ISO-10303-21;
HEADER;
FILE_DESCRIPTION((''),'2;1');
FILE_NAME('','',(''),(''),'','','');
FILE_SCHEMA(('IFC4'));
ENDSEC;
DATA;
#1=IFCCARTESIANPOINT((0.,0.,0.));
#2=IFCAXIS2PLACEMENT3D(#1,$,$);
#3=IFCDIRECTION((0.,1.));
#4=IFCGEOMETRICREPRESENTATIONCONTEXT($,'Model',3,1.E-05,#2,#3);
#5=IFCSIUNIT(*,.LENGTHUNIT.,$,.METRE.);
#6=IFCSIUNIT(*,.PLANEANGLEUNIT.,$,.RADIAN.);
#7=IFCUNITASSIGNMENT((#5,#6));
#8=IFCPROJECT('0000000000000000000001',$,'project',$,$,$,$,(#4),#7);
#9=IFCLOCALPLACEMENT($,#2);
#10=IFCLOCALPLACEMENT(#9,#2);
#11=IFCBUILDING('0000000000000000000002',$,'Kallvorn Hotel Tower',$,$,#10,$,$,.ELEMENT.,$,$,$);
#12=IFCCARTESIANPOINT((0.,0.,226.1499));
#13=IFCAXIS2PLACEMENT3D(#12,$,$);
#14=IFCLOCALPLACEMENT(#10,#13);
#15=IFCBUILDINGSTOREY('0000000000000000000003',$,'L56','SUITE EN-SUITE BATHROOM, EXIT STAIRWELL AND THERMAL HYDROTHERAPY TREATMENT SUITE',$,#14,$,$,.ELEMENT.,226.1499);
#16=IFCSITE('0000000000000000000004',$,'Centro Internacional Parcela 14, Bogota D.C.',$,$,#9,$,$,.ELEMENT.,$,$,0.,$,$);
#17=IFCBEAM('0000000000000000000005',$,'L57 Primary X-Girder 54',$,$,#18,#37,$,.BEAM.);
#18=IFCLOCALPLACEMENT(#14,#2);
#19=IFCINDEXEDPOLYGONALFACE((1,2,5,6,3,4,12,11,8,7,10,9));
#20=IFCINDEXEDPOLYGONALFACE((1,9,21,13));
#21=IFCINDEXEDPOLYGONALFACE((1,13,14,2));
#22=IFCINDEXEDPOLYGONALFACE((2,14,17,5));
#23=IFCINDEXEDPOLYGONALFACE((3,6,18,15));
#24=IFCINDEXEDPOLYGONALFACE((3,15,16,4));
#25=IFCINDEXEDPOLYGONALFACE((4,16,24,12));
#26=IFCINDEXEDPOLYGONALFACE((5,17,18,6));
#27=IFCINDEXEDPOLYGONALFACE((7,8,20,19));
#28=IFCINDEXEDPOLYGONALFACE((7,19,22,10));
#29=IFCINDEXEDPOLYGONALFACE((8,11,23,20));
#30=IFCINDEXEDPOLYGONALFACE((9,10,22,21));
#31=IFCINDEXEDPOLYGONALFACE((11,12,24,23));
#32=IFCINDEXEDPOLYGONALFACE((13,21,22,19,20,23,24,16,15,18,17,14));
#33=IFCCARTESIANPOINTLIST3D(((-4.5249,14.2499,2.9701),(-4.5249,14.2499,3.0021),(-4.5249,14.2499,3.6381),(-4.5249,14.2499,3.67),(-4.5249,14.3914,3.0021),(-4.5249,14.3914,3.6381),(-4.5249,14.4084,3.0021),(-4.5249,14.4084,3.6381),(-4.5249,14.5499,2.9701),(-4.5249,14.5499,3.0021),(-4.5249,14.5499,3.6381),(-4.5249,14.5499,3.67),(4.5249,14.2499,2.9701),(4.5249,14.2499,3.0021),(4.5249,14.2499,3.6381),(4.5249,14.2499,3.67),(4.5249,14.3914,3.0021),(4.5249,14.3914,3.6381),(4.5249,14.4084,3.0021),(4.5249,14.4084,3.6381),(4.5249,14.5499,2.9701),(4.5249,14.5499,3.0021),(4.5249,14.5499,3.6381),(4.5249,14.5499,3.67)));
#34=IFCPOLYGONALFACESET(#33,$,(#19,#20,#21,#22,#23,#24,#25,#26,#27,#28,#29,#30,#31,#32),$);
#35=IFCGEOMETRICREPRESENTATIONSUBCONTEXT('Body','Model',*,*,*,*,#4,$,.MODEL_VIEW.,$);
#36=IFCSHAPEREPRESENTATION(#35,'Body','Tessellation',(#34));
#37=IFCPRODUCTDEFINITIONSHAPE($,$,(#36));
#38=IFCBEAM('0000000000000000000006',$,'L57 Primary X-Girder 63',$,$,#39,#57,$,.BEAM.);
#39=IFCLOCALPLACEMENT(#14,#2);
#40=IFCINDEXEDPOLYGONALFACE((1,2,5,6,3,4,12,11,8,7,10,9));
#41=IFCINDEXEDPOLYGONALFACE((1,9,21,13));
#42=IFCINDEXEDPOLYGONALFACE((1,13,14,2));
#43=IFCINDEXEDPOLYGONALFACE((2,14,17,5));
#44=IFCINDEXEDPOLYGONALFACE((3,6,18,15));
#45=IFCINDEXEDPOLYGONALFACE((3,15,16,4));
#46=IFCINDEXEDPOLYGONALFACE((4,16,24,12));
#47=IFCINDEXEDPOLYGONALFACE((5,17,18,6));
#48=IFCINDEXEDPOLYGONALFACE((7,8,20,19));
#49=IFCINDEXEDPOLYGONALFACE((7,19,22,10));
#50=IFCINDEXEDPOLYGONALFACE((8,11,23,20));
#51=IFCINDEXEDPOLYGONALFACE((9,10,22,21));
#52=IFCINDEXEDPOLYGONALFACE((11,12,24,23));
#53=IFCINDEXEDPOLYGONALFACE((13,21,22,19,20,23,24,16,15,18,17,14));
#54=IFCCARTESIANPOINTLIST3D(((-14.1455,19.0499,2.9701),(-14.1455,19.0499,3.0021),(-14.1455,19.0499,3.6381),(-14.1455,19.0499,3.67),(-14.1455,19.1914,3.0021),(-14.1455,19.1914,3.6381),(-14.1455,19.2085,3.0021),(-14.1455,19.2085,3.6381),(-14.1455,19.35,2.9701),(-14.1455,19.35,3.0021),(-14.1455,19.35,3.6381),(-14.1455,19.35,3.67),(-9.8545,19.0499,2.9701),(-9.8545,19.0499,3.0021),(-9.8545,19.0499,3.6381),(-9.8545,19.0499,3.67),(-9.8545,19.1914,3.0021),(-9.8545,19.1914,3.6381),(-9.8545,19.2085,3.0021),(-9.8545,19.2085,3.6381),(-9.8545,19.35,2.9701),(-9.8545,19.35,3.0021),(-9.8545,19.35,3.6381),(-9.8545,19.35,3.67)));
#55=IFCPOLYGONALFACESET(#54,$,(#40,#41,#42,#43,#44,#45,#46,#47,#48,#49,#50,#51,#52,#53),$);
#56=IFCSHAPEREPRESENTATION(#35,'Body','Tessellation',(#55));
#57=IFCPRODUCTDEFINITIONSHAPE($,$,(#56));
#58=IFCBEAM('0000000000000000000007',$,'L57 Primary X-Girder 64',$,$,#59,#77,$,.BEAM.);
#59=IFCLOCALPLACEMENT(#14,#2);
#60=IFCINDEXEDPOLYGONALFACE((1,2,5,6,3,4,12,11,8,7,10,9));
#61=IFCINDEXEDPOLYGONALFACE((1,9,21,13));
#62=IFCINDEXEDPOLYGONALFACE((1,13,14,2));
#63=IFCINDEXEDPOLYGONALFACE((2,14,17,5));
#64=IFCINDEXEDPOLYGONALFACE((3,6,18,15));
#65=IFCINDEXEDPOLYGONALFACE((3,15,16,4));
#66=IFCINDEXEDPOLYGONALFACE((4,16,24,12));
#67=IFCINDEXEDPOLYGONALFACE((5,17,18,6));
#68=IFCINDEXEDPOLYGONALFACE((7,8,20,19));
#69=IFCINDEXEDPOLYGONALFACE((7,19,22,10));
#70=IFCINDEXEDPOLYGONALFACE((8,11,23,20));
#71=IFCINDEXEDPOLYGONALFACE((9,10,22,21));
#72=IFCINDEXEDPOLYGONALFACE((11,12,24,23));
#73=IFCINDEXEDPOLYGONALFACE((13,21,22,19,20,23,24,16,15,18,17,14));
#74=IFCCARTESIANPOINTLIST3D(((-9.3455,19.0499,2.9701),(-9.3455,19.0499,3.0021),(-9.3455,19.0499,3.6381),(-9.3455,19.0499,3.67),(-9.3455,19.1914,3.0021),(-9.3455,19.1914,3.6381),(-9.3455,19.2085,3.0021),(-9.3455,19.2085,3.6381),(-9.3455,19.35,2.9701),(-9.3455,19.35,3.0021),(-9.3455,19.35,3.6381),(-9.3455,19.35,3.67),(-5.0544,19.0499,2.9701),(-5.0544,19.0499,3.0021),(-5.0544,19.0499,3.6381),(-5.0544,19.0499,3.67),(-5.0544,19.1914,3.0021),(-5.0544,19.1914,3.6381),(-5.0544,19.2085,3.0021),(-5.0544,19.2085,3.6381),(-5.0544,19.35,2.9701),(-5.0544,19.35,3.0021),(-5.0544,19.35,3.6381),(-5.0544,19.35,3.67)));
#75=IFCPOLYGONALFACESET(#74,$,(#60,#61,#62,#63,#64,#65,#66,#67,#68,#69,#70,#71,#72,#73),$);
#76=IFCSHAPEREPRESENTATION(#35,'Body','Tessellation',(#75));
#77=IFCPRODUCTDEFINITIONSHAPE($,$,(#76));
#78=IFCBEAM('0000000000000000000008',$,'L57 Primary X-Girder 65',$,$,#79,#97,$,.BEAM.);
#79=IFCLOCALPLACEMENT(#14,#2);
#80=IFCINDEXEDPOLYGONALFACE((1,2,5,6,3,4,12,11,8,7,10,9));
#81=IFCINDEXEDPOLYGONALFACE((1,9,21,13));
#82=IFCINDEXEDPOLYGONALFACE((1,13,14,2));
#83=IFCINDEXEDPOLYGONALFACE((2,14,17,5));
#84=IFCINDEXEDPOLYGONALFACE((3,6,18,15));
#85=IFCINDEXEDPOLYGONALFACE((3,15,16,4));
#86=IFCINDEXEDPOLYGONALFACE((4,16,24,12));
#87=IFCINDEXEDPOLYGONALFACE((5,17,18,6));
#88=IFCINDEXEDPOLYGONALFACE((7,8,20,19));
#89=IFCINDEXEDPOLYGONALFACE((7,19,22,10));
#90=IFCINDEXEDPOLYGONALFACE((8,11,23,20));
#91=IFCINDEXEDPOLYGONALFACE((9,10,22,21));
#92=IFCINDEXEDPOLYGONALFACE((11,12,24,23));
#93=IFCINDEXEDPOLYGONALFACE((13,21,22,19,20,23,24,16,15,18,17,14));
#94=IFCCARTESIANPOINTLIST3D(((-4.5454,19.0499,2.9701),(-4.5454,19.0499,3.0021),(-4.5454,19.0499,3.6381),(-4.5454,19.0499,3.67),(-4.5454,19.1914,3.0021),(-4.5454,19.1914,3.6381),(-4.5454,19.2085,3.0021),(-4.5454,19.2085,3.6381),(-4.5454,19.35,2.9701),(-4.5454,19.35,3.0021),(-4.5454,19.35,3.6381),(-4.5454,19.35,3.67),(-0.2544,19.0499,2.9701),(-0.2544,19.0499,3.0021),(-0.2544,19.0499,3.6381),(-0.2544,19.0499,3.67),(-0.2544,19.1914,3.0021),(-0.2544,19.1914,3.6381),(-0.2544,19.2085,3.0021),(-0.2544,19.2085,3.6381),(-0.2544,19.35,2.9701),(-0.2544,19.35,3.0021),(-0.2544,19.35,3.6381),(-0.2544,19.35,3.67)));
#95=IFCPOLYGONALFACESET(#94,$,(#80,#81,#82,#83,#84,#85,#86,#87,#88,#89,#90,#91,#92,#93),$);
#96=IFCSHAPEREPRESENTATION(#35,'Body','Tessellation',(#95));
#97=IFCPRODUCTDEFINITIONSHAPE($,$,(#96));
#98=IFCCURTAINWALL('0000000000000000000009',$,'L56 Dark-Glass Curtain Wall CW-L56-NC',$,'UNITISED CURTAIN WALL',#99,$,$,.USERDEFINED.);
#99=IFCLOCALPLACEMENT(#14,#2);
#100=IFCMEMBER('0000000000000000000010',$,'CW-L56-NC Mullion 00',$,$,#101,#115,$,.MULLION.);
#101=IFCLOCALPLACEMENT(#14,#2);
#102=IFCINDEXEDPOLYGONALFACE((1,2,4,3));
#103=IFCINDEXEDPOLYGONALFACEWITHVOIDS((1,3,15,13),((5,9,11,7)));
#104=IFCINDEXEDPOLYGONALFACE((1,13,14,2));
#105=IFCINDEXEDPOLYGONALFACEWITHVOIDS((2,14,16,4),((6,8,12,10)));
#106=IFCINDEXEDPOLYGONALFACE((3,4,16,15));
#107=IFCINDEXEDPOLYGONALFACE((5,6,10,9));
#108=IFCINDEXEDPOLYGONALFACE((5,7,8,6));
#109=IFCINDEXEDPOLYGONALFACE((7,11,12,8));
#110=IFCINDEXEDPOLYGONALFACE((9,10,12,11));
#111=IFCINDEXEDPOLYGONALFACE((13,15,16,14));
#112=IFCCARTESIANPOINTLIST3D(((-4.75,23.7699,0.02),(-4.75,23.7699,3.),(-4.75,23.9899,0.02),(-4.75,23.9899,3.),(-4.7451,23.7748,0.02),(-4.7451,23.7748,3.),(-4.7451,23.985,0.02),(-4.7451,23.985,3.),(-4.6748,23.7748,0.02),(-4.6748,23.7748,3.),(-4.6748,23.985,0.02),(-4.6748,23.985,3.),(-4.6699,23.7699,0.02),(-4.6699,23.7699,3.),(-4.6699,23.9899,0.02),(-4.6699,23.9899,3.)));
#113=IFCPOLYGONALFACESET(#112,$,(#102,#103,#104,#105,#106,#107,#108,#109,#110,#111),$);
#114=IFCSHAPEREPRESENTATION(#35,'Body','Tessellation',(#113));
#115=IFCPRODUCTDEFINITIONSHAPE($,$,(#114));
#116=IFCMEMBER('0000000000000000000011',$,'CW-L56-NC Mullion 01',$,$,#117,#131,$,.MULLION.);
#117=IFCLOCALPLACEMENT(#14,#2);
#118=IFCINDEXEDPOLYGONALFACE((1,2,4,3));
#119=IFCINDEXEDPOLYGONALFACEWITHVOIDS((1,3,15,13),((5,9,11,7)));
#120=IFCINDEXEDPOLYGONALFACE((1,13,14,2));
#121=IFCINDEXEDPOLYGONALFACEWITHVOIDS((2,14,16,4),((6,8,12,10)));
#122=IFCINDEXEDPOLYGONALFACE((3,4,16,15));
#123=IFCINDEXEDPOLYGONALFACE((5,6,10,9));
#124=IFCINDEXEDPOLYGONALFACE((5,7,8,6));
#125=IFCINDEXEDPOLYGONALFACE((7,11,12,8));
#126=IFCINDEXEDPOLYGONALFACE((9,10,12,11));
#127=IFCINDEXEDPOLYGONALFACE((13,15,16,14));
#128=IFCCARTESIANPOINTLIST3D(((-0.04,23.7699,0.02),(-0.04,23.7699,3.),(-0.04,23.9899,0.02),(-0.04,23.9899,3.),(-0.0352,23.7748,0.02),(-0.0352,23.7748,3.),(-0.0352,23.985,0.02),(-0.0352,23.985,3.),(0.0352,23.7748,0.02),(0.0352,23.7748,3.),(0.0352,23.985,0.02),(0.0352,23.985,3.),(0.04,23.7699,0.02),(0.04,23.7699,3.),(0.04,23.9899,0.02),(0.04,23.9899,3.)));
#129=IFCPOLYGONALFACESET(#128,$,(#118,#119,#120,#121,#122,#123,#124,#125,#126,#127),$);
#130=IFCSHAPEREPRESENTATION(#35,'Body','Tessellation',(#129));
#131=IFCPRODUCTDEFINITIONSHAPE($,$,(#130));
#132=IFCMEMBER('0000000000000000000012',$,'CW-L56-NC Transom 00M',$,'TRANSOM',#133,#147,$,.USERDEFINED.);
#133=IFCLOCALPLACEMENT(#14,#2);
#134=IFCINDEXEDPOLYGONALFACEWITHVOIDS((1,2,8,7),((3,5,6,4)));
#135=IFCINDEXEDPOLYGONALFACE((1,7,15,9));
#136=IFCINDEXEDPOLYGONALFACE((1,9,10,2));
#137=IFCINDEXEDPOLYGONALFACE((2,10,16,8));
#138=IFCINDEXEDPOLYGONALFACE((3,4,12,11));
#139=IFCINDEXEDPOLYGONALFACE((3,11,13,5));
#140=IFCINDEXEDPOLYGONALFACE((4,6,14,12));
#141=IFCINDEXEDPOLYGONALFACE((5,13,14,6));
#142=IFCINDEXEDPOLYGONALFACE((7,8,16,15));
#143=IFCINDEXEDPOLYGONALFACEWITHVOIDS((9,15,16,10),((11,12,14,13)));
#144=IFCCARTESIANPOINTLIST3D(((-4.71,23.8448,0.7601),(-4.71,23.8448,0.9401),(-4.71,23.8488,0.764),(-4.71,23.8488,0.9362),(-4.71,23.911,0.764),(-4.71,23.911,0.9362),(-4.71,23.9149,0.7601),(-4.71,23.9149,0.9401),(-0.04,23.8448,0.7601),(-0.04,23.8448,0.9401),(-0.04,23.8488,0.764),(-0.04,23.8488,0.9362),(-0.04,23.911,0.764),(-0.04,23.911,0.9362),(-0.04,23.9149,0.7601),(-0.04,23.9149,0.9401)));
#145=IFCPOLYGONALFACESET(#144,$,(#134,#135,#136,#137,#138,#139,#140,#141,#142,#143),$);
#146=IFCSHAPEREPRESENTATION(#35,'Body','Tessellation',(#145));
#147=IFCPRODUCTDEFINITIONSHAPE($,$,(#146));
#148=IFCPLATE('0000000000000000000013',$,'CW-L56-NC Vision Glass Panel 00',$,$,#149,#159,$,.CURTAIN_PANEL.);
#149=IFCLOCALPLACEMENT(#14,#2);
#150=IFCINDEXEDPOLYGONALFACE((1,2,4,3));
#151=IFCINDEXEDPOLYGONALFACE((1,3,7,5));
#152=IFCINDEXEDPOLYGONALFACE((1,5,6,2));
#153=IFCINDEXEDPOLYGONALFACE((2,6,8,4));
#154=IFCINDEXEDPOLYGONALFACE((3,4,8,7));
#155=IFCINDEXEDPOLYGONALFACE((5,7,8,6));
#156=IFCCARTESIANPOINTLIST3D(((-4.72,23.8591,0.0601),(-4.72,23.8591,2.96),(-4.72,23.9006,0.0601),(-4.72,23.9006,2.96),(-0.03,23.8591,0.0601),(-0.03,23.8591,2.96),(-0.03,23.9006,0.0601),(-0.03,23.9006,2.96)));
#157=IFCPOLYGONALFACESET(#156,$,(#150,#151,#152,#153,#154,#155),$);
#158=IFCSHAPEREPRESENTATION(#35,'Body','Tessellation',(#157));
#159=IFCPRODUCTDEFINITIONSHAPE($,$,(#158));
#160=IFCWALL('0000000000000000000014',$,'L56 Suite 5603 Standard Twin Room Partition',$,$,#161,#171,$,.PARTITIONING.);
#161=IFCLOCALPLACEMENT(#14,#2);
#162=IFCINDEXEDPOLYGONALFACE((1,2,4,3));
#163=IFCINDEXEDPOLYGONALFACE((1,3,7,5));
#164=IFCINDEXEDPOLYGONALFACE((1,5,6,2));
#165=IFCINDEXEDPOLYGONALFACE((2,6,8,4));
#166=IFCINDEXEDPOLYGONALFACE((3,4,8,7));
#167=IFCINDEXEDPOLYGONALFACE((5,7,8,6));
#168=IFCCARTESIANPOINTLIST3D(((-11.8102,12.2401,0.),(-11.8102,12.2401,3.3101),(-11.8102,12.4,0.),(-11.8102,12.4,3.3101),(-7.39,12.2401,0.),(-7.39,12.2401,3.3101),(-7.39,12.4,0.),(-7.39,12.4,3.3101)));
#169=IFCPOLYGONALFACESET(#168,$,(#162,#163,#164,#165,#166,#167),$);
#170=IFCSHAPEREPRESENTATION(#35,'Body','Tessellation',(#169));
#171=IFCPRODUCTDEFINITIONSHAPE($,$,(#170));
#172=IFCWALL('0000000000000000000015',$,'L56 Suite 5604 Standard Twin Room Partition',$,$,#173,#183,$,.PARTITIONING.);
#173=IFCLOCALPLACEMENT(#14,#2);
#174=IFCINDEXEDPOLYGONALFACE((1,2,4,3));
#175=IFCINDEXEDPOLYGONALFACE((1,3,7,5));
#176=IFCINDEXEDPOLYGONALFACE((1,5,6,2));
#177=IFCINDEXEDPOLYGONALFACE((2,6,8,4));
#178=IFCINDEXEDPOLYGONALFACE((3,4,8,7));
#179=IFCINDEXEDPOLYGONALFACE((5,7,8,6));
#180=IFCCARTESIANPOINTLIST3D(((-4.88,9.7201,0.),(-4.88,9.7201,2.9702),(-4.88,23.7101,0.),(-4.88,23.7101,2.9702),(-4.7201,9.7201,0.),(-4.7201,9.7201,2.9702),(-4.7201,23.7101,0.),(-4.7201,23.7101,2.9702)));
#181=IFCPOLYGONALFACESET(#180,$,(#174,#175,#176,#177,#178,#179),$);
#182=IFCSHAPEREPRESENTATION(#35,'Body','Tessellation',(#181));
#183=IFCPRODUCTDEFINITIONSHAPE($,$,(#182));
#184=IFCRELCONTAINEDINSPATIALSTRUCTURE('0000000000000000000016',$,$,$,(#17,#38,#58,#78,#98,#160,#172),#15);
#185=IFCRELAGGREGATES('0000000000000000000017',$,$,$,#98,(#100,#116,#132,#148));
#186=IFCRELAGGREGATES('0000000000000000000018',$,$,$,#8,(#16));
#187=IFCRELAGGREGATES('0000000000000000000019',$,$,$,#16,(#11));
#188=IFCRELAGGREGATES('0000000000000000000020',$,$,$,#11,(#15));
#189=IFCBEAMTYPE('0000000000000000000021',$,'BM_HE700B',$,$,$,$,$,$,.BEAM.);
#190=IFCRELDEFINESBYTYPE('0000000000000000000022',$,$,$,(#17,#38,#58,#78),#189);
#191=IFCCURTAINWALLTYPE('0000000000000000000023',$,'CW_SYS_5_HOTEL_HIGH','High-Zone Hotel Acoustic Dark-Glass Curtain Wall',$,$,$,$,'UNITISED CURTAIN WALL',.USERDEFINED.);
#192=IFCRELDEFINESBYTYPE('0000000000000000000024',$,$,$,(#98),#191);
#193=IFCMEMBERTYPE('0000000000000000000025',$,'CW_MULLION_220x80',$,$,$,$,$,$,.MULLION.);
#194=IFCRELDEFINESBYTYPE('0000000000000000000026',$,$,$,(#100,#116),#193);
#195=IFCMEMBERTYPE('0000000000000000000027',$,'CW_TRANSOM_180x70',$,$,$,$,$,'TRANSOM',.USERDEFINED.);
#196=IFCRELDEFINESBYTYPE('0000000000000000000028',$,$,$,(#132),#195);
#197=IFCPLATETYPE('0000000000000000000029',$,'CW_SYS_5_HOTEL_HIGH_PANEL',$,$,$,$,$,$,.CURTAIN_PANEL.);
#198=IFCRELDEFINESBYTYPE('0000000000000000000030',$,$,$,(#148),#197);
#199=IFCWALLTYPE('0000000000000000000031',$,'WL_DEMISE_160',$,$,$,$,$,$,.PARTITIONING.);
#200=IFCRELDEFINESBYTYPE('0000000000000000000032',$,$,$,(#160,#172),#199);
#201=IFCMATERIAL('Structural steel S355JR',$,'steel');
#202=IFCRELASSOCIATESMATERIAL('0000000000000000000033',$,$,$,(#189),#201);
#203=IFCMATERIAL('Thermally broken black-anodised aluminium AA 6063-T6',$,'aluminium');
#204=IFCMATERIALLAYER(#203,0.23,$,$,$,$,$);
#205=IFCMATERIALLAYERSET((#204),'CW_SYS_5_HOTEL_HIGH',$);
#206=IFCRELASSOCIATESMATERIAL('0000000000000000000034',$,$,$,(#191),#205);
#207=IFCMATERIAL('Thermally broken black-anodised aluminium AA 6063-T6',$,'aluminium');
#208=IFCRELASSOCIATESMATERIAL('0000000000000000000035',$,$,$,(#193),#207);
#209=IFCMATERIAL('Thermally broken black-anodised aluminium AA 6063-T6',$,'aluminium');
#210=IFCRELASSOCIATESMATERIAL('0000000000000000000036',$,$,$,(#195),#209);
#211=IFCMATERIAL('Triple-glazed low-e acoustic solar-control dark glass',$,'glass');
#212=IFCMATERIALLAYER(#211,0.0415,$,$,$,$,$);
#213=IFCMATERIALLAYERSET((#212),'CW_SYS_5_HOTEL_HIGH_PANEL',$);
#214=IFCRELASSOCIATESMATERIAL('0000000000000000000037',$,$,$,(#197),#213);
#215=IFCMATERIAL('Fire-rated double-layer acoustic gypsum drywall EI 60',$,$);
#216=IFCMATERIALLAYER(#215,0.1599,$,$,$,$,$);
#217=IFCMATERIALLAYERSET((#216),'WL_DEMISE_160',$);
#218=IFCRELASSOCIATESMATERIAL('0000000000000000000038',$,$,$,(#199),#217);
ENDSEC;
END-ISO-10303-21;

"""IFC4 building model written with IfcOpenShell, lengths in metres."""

from ifc_helpers import new_model, si_unit, direction, frame, frame_2d, origin, origin_2d, place, context, subcontext, project, spatial, rectangle, hollow_rectangle, i_section, extrude, material, layer, layer_set, material_profile, profile_set, type_object, element, aggregate, save


model = new_model("IFC4")

# Units and contexts
model_context = context("Model", 3, precision=1e-05, world=origin(), true_north=direction((0.0, 1.0)))
body_context = subcontext(model_context, "Body", "Model", "MODEL_VIEW")
ifc_project = project(units=[si_unit("LENGTHUNIT", "METRE"), si_unit("PLANEANGLEUNIT", "RADIAN")], contexts=[model_context])

# Site, building, storey
site_placement = place(None, origin())
site = spatial("IfcSite", under=ifc_project, at=site_placement, Name="Centro Internacional Parcela 14, Bogota D.C.", CompositionType="ELEMENT", RefElevation=0.0)
building_placement = place(site_placement, origin())
building = spatial("IfcBuilding", under=site, at=building_placement, Name="Kallvorn Hotel Tower", CompositionType="ELEMENT")
storey_placement = place(building_placement, frame((0.0, 0.0, 226.1499)))
storey = spatial("IfcBuildingStorey", under=building, at=storey_placement, Name="L56", Description="SUITE EN-SUITE BATHROOM, EXIT STAIRWELL AND THERMAL HYDROTHERAPY TREATMENT SUITE", CompositionType="ELEMENT", Elevation=226.1499)

# Beams
ifc_material_1 = material(Name="Structural steel S355JR", Category="steel")
ifc_material_profile_1 = material_profile(ifc_material_1, i_section(OverallWidth=0.3, OverallDepth=0.7, WebThickness=0.0171, FlangeThickness=0.032, at=origin_2d()), Name="HE 700 B")
ifc_profile_set_1 = profile_set([ifc_material_profile_1], Name="Structural steel S355JR")
beam_type_1 = type_object("IfcBeamType", Name="BM_HE700B", PredefinedType="BEAM", material=ifc_profile_set_1)
beam_1_placement = place(storey_placement, frame((-4.5249, 14.3999, 3.3201), z_axis=(1.0, 0.0, 0.0), x_axis=(0.0, 1.0, 0.0)))
element("IfcBeam", 1, at=beam_1_placement, inside=storey, type_object=beam_type_1, Name="L57 Primary X-Girder 54", PredefinedType="BEAM", context=body_context, shape_type="SweptSolid", body=[
    extrude(i_section(OverallWidth=0.3, OverallDepth=0.7, WebThickness=0.0171, FlangeThickness=0.032, at=origin_2d()), origin(), (0.0, 0.0, 1.0), 9.0498),
])
for number, where, z_axis, x_axis, name in (
    (2, (-14.1455, 19.2, 3.3201), (1.0, 0.0, 0.0), (0.0, 1.0, 0.0), "L57 Primary X-Girder 63"),
    (3, (-9.3455, 19.2, 3.3201), (1.0, 0.0, 0.0), (0.0, 1.0, 0.0), "L57 Primary X-Girder 64"),
    (4, (-4.5454, 19.2, 3.3201), (1.0, 0.0, 0.0), (0.0, 1.0, 0.0), "L57 Primary X-Girder 65"),
):
    element("IfcBeam", number, at=place(storey_placement, frame(where, z_axis=z_axis, x_axis=x_axis)), inside=storey, type_object=beam_type_1, Name=name, PredefinedType="BEAM", context=body_context, shape_type="SweptSolid", body=[
        extrude(i_section(OverallWidth=0.3, OverallDepth=0.7, WebThickness=0.0171, FlangeThickness=0.032, at=origin_2d()), origin(), (0.0, 0.0, 1.0), 4.291),
    ])

# Curtain wall, members, plate
ifc_material_2 = material(Name="Thermally broken black-anodised aluminium AA 6063-T6", Category="aluminium")
ifc_layer_1 = layer(ifc_material_2, 0.23)
ifc_layer_set_1 = layer_set([ifc_layer_1], Name="CW_SYS_5_HOTEL_HIGH")
curtain_wall_type = type_object("IfcCurtainWallType", Name="CW_SYS_5_HOTEL_HIGH", Description="High-Zone Hotel Acoustic Dark-Glass Curtain Wall", ElementType="UNITISED CURTAIN WALL", PredefinedType="USERDEFINED", material=ifc_layer_set_1)
curtain_wall_placement = place(storey_placement, origin())
curtain_wall = element("IfcCurtainWall", 5, at=curtain_wall_placement, inside=storey, type_object=curtain_wall_type, Name="L56 Dark-Glass Curtain Wall CW-L56-NC", ObjectType="UNITISED CURTAIN WALL", PredefinedType="USERDEFINED")
ifc_material_3 = material(Name="Thermally broken black-anodised aluminium AA 6063-T6", Category="aluminium")
ifc_material_profile_2 = material_profile(ifc_material_3, hollow_rectangle(XDim=0.0801, YDim=0.22, WallThickness=0.0049, at=origin_2d()), Name="MUL 220x80")
ifc_profile_set_2 = profile_set([ifc_material_profile_2], Name="Thermally broken black-anodised aluminium AA 6063-T6")
member_type_1 = type_object("IfcMemberType", Name="CW_MULLION_220x80", PredefinedType="MULLION", material=ifc_profile_set_2)
member_1_placement = place(storey_placement, frame((-4.71, 23.8799, 0.02), z_axis=(0.0, 0.0, 1.0), x_axis=(1.0, 0.0, 0.0)))
member_1 = element("IfcMember", 6, at=member_1_placement, type_object=member_type_1, Name="CW-L56-NC Mullion 00", PredefinedType="MULLION", context=body_context, shape_type="SweptSolid", body=[
    extrude(hollow_rectangle(XDim=0.0801, YDim=0.22, WallThickness=0.0049, at=origin_2d()), origin(), (0.0, 0.0, 1.0), 2.98),
])
member_2_placement = place(storey_placement, frame((0.0, 23.8799, 0.02), z_axis=(0.0, 0.0, 1.0), x_axis=(1.0, 0.0, 0.0)))
member_2 = element("IfcMember", 7, at=member_2_placement, type_object=member_type_1, Name="CW-L56-NC Mullion 01", PredefinedType="MULLION", context=body_context, shape_type="SweptSolid", body=[
    extrude(hollow_rectangle(XDim=0.0801, YDim=0.22, WallThickness=0.0049, at=origin_2d()), origin(), (0.0, 0.0, 1.0), 2.98),
])
ifc_material_4 = material(Name="Thermally broken black-anodised aluminium AA 6063-T6", Category="aluminium")
ifc_material_profile_3 = material_profile(ifc_material_4, hollow_rectangle(XDim=0.0701, YDim=0.1799, WallThickness=0.0039, at=origin_2d()), Name="TRN 180x70")
ifc_profile_set_3 = profile_set([ifc_material_profile_3], Name="Thermally broken black-anodised aluminium AA 6063-T6")
member_type_2 = type_object("IfcMemberType", Name="CW_TRANSOM_180x70", ElementType="TRANSOM", PredefinedType="USERDEFINED", material=ifc_profile_set_3)
member_3_placement = place(storey_placement, frame((-4.71, 23.8799, 0.8501), z_axis=(1.0, 0.0, 0.0), x_axis=(0.0, 1.0, 0.0)))
member_3 = element("IfcMember", 8, at=member_3_placement, type_object=member_type_2, Name="CW-L56-NC Transom 00M", ObjectType="TRANSOM", PredefinedType="USERDEFINED", context=body_context, shape_type="SweptSolid", body=[
    extrude(hollow_rectangle(XDim=0.0701, YDim=0.1799, WallThickness=0.0039, at=origin_2d()), origin(), (0.0, 0.0, 1.0), 4.6699),
])
ifc_material_5 = material(Name="Triple-glazed low-e acoustic solar-control dark glass", Category="glass")
ifc_layer_2 = layer(ifc_material_5, 0.0415)
ifc_layer_set_2 = layer_set([ifc_layer_2], Name="CW_SYS_5_HOTEL_HIGH_PANEL")
plate_type = type_object("IfcPlateType", Name="CW_SYS_5_HOTEL_HIGH_PANEL", PredefinedType="CURTAIN_PANEL", material=ifc_layer_set_2)
plate_placement = place(storey_placement, frame((-2.375, 23.8799, 0.0601), z_axis=(0.0, 0.0, 1.0), x_axis=(1.0, 0.0, 0.0)))
plate = element("IfcPlate", 9, at=plate_placement, type_object=plate_type, Name="CW-L56-NC Vision Glass Panel 00", PredefinedType="CURTAIN_PANEL", context=body_context, shape_type="SweptSolid", body=[
    extrude(rectangle(XDim=4.6899, YDim=0.0415, at=origin_2d()), origin(), (0.0, 0.0, 1.0), 2.8999),
])
aggregate(curtain_wall, [member_1, member_2, member_3, plate])

# Walls
ifc_material_6 = material(Name="Fire-rated double-layer acoustic gypsum drywall EI 60")
ifc_layer_3 = layer(ifc_material_6, 0.1599)
ifc_layer_set_3 = layer_set([ifc_layer_3], Name="WL_DEMISE_160")
wall_type = type_object("IfcWallType", Name="WL_DEMISE_160", PredefinedType="PARTITIONING", material=ifc_layer_set_3)
wall_1_placement = place(storey_placement, frame((-11.8101, 12.3201, 0.0), z_axis=(0.0, 0.0, 1.0), x_axis=(1.0, 0.0, 0.0)))
element("IfcWall", 10, at=wall_1_placement, inside=storey, type_object=wall_type, Name="L56 Suite 5603 Standard Twin Room Partition", PredefinedType="PARTITIONING", context=body_context, shape_type="SweptSolid", body=[
    extrude(rectangle(XDim=4.4202, YDim=0.1599, at=frame_2d((2.21, 0.0))), origin(), (0.0, 0.0, 1.0), 3.3101),
])
wall_2_placement = place(storey_placement, frame((-4.8, 9.72, 0.0), z_axis=(0.0, 0.0, 1.0), x_axis=(0.0, 1.0, 0.0)))
element("IfcWall", 11, at=wall_2_placement, inside=storey, type_object=wall_type, Name="L56 Suite 5604 Standard Twin Room Partition", PredefinedType="PARTITIONING", context=body_context, shape_type="SweptSolid", body=[
    extrude(rectangle(XDim=13.99, YDim=0.1599, at=frame_2d((6.9951, 0.0))), origin(), (0.0, 0.0, 1.0), 2.9702),
])

save(model, "model.ifc")
